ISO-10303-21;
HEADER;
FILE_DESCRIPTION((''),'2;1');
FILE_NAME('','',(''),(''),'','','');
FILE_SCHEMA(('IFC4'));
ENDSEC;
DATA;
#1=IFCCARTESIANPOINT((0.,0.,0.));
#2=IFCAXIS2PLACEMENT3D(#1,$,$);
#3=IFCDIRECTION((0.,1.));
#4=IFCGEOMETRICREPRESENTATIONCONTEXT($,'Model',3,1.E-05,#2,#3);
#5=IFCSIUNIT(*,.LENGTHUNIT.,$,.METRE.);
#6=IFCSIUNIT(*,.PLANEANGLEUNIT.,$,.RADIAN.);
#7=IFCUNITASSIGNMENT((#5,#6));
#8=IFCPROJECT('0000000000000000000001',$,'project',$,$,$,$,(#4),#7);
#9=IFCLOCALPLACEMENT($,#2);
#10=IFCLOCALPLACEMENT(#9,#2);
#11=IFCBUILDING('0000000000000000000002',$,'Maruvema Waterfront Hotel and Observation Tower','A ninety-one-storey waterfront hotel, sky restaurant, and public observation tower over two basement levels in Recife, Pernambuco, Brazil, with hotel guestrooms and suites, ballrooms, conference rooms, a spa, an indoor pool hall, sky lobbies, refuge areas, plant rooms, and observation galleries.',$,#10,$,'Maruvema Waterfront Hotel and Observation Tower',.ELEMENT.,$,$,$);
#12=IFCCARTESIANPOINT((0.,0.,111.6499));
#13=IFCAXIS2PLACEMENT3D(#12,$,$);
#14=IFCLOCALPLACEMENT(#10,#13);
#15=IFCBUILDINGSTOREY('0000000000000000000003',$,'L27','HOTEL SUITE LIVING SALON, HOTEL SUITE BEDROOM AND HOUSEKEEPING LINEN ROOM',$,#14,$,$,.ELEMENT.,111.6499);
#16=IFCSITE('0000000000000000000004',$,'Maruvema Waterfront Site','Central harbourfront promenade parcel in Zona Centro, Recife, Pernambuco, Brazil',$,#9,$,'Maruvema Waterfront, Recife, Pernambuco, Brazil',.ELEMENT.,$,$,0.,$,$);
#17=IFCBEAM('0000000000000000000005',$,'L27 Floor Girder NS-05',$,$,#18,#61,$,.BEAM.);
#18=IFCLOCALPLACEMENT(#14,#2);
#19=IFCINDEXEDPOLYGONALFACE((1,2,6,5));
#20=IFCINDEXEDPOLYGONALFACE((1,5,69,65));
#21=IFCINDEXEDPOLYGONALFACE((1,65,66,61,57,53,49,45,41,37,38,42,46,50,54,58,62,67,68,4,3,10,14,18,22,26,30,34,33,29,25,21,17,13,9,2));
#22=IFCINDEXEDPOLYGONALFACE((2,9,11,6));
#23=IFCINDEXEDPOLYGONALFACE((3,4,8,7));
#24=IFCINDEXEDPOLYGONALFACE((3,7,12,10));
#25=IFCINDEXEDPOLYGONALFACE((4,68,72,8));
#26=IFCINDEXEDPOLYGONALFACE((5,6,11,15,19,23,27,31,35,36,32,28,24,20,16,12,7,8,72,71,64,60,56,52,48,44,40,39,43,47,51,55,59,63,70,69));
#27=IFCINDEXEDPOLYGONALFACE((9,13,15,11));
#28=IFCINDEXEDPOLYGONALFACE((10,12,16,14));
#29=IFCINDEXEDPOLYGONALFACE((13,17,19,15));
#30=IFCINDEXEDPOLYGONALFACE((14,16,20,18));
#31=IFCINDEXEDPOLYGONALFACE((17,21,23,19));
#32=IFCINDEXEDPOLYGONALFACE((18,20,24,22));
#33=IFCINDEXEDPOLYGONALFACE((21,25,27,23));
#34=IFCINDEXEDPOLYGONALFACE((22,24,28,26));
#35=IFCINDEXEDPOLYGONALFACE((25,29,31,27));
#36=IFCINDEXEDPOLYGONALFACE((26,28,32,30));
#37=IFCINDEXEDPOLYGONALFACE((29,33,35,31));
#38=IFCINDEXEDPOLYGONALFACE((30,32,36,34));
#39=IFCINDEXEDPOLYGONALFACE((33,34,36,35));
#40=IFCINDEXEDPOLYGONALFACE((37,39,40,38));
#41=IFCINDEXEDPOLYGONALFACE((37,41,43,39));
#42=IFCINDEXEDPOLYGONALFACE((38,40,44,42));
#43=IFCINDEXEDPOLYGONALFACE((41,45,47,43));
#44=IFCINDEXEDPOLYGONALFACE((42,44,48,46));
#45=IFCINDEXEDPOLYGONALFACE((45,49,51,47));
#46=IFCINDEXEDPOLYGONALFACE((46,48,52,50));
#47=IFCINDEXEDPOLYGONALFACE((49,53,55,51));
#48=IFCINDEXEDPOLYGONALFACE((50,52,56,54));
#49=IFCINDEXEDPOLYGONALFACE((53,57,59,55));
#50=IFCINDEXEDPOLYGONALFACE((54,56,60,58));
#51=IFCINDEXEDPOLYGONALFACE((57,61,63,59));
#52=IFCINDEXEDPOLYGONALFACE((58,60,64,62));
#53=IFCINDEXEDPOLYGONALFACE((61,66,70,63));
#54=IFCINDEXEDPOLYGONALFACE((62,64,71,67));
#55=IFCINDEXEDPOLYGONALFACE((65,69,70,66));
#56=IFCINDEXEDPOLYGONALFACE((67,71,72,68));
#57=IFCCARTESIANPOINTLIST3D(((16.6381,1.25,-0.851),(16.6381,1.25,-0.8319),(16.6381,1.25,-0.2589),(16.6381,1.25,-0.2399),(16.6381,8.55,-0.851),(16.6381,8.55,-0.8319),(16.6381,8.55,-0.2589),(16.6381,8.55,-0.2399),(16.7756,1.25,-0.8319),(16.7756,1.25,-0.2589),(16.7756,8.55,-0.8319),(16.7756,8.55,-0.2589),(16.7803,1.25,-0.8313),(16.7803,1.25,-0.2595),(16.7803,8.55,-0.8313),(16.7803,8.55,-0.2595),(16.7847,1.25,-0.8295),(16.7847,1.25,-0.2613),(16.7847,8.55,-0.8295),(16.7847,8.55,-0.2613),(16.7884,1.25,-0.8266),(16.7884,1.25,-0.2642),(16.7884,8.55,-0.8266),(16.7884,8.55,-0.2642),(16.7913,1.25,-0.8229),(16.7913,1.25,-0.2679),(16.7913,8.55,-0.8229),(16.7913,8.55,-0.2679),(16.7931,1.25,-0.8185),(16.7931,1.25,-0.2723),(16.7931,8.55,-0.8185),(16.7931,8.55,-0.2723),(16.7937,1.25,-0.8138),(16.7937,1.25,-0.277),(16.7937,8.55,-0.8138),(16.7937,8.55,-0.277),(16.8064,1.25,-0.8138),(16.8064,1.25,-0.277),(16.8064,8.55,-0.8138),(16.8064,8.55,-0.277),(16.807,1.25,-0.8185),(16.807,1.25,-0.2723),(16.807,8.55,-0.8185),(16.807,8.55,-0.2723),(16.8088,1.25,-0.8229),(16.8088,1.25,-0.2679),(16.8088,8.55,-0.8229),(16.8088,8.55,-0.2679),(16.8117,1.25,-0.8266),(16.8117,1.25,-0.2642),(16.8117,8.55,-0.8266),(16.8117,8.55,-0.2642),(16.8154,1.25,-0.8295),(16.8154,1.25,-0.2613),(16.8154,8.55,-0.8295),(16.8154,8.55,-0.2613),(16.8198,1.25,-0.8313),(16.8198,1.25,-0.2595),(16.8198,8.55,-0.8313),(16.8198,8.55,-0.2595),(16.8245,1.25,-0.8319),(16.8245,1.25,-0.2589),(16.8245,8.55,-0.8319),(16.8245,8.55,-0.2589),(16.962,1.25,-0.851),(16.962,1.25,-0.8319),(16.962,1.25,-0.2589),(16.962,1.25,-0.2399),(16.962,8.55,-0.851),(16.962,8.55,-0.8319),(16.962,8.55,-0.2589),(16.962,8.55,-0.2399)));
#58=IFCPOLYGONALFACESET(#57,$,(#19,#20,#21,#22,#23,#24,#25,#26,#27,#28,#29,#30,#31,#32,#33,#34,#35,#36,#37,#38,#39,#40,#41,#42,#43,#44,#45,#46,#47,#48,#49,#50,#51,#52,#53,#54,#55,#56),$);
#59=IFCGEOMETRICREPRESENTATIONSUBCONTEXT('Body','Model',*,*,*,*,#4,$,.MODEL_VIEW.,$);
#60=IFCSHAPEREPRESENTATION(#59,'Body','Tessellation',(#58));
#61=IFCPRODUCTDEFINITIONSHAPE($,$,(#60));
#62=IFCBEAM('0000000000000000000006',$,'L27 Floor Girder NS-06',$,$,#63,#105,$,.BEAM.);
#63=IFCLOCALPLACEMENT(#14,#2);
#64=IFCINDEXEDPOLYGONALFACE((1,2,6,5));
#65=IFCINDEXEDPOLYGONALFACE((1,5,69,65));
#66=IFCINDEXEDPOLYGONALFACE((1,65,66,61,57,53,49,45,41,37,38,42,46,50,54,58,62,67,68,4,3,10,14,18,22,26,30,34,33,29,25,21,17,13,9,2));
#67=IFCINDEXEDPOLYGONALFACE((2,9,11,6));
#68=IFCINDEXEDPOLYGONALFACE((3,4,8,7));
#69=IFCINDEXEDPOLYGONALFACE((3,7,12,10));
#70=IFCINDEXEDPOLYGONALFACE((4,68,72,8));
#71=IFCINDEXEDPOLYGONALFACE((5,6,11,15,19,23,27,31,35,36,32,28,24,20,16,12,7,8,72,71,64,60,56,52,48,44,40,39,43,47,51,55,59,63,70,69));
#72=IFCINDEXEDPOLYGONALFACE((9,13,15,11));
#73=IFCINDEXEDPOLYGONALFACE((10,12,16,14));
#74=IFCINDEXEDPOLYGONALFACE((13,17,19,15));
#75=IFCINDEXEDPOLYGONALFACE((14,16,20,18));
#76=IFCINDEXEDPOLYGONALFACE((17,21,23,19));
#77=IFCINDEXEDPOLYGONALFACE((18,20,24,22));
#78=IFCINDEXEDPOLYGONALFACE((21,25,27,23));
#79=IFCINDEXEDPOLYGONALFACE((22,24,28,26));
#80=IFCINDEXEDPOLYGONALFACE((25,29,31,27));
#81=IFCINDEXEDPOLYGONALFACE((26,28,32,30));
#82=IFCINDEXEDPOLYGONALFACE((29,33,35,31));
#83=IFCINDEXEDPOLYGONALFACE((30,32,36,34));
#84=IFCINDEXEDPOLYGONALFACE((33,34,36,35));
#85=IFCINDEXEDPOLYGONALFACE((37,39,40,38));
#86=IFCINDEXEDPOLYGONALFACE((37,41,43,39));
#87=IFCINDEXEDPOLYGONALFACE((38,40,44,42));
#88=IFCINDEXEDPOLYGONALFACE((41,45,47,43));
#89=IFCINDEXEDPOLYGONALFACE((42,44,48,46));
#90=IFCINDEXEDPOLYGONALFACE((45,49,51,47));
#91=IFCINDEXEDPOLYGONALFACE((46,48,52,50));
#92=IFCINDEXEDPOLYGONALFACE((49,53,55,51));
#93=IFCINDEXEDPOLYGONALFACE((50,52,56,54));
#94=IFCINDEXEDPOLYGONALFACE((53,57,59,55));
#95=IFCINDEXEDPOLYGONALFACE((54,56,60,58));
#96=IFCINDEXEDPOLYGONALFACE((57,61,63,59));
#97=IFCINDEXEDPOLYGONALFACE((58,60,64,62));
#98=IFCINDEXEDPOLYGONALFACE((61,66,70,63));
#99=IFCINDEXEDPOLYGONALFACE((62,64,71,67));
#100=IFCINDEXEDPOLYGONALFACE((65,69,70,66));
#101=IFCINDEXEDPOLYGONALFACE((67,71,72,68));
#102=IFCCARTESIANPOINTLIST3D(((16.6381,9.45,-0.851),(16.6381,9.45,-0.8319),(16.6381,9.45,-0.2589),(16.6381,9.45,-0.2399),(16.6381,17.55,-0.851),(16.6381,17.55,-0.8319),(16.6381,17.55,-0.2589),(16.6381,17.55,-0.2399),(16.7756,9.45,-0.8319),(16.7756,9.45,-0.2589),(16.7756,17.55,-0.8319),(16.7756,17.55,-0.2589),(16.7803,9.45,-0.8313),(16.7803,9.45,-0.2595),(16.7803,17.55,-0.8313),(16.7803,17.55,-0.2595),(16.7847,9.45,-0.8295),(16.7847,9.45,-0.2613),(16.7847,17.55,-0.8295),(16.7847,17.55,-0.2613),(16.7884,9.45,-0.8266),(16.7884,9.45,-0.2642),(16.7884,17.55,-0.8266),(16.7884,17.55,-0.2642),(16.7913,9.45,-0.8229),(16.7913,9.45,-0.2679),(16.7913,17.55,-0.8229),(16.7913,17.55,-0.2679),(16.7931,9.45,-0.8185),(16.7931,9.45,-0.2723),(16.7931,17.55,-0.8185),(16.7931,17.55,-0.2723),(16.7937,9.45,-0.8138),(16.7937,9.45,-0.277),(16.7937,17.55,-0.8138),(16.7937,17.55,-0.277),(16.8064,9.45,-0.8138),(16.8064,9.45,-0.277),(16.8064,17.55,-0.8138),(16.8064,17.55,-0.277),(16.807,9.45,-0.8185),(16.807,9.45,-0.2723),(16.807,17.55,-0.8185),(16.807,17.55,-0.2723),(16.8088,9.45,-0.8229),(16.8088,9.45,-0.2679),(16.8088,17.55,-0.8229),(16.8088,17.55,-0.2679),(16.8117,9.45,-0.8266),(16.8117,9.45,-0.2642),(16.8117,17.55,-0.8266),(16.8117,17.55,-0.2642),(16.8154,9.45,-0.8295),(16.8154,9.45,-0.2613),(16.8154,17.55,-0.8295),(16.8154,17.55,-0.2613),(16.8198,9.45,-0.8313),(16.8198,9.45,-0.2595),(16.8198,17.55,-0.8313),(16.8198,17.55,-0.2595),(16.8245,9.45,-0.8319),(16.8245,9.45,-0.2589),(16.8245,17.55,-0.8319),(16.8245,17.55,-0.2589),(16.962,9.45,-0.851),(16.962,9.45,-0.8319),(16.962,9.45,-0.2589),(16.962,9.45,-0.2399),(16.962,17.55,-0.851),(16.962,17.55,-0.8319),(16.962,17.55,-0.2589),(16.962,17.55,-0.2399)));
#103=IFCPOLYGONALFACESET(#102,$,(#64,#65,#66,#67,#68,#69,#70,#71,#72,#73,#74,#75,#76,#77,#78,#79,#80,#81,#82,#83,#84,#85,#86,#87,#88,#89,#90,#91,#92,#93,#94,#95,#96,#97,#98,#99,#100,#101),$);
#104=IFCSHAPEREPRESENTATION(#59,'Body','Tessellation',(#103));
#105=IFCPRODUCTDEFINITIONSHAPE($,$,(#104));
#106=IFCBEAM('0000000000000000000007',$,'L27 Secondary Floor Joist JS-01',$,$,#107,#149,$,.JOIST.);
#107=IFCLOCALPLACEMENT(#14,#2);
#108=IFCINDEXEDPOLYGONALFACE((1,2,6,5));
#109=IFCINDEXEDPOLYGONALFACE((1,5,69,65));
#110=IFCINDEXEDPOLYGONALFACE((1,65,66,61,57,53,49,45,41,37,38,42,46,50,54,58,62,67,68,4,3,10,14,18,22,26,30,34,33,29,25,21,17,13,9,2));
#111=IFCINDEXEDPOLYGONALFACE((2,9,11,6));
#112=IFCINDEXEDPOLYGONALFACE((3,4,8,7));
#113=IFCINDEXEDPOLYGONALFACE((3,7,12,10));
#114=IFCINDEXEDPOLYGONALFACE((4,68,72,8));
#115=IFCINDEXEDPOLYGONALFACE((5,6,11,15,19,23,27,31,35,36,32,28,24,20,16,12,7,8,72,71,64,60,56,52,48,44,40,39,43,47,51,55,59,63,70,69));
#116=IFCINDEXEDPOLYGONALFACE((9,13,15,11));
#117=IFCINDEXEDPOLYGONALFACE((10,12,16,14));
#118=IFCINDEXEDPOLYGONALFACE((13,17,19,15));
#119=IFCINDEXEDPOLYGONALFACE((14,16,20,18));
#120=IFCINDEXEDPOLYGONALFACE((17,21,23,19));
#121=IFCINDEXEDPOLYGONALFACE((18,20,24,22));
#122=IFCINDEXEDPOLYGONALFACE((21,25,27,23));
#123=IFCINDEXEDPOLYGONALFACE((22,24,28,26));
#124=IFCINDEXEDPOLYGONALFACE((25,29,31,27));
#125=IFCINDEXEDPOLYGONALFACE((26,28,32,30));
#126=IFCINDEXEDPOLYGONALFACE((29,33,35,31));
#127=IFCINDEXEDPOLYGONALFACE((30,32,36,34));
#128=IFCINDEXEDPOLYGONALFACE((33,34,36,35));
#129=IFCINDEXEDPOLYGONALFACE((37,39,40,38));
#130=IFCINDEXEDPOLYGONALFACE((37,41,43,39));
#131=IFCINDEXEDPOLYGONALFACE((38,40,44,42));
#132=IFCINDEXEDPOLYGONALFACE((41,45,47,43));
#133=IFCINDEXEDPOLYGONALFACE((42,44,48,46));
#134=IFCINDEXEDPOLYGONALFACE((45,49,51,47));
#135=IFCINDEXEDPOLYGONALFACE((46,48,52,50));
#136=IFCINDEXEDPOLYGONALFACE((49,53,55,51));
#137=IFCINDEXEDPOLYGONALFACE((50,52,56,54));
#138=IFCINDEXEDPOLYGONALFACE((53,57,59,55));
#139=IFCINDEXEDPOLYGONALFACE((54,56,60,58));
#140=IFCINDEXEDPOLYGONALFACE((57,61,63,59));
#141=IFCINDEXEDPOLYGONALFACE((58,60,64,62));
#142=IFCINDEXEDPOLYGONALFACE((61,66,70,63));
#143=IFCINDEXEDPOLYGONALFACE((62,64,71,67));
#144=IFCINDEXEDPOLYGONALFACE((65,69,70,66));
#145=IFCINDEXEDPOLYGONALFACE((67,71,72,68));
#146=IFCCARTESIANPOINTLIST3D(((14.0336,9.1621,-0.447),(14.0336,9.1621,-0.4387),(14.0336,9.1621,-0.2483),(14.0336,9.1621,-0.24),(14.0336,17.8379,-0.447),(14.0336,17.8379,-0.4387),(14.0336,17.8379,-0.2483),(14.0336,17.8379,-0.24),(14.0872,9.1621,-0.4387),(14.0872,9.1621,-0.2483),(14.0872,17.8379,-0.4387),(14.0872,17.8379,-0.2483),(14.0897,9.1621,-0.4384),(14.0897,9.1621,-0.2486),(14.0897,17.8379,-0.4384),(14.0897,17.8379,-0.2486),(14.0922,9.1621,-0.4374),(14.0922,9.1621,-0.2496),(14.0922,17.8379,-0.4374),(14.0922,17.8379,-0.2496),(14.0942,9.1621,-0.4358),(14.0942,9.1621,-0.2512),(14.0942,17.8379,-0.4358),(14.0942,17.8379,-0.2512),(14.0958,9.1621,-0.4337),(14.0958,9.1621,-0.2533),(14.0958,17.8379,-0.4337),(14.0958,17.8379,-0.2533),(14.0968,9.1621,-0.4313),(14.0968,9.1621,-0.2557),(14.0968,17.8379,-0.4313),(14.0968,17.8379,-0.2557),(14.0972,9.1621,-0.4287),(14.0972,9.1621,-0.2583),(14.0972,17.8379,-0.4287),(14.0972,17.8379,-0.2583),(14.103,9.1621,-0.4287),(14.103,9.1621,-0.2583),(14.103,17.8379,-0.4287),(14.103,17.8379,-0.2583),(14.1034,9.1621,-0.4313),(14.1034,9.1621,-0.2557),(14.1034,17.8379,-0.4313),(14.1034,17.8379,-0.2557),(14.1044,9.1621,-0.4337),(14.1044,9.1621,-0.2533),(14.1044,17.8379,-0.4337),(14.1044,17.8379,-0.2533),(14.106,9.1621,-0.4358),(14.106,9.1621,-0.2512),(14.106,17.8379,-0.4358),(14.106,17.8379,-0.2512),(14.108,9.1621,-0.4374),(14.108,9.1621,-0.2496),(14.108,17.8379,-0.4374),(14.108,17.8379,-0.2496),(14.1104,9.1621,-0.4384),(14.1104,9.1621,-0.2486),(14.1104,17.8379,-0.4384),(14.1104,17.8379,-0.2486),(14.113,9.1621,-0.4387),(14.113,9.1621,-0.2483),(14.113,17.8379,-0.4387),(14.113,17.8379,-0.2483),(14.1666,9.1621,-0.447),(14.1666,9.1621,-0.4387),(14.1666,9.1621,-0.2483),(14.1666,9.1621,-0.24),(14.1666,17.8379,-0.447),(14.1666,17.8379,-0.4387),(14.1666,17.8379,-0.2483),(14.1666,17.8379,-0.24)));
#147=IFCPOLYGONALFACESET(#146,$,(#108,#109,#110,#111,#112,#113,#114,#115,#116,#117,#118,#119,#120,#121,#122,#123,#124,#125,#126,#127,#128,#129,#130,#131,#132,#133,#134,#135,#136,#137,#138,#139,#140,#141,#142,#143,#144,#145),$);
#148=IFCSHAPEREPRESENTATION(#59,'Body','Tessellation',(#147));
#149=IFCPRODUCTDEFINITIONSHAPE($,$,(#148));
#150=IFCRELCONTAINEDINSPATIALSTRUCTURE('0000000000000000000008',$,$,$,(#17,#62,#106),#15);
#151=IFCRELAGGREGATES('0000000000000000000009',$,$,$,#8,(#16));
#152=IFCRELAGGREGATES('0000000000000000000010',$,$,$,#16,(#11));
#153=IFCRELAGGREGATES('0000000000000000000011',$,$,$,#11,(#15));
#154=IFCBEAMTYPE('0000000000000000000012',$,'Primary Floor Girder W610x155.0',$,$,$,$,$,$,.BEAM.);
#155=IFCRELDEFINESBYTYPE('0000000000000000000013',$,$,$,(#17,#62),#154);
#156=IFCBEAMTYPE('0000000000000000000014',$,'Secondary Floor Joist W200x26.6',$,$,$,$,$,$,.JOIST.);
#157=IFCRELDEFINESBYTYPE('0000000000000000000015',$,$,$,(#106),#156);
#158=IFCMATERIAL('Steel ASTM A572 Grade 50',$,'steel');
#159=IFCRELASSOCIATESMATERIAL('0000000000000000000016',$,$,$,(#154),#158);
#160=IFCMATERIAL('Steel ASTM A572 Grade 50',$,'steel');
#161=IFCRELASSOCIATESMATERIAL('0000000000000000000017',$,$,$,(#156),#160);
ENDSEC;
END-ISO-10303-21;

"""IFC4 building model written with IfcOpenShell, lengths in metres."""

from ifc_helpers import new_model, si_unit, direction, frame, origin, origin_2d, place, context, subcontext, project, spatial, i_section, extrude, material, material_profile, profile_set, type_object, element, save


model = new_model("IFC4")

# Units and contexts
model_context = context("Model", 3, precision=1e-05, world=origin(), true_north=direction((0.0, 1.0)))
body_context = subcontext(model_context, "Body", "Model", "MODEL_VIEW")
ifc_project = project(units=[si_unit("LENGTHUNIT", "METRE"), si_unit("PLANEANGLEUNIT", "RADIAN")], contexts=[model_context])

# Site, building, storey
site_placement = place(None, origin())
site = spatial("IfcSite", under=ifc_project, at=site_placement, Name="Maruvema Waterfront Site", Description="Central harbourfront promenade parcel in Zona Centro, Recife, Pernambuco, Brazil", LongName="Maruvema Waterfront, Recife, Pernambuco, Brazil", CompositionType="ELEMENT", RefElevation=0.0)
building_placement = place(site_placement, origin())
building = spatial("IfcBuilding", under=site, at=building_placement, Name="Maruvema Waterfront Hotel and Observation Tower", Description="A ninety-one-storey waterfront hotel, sky restaurant, and public observation tower over two basement levels in Recife, Pernambuco, Brazil, with hotel guestrooms and suites, ballrooms, conference rooms, a spa, an indoor pool hall, sky lobbies, refuge areas, plant rooms, and observation galleries.", LongName="Maruvema Waterfront Hotel and Observation Tower", CompositionType="ELEMENT")
storey_placement = place(building_placement, frame((0.0, 0.0, 111.6499)))
storey = spatial("IfcBuildingStorey", under=building, at=storey_placement, Name="L27", Description="HOTEL SUITE LIVING SALON, HOTEL SUITE BEDROOM AND HOUSEKEEPING LINEN ROOM", CompositionType="ELEMENT", Elevation=111.6499)

# Beams
ifc_material_1 = material(Name="Steel ASTM A572 Grade 50", Category="steel")
ifc_material_profile_1 = material_profile(ifc_material_1, i_section(OverallWidth=0.324, OverallDepth=0.6111, WebThickness=0.0127, FlangeThickness=0.019, FilletRadius=0.0181, at=origin_2d()), Name="W610x155.0")
ifc_profile_set_1 = profile_set([ifc_material_profile_1], Name="Steel ASTM A572 Grade 50")
beam_type_1 = type_object("IfcBeamType", Name="Primary Floor Girder W610x155.0", PredefinedType="BEAM", material=ifc_profile_set_1)
beam_1_placement = place(storey_placement, frame((16.8, 1.25, -0.5454), z_axis=(0.0, 1.0, 0.0), x_axis=(-1.0, 0.0, 0.0)))
element("IfcBeam", 1, at=beam_1_placement, inside=storey, type_object=beam_type_1, Name="L27 Floor Girder NS-05", PredefinedType="BEAM", context=body_context, shape_type="SweptSolid", body=[
    extrude(i_section(OverallWidth=0.324, OverallDepth=0.6111, WebThickness=0.0127, FlangeThickness=0.019, FilletRadius=0.0181, at=origin_2d()), origin(), (0.0, 0.0, 1.0), 7.3),
])
beam_2_placement = place(storey_placement, frame((16.8, 9.45, -0.5454), z_axis=(0.0, 1.0, 0.0), x_axis=(-1.0, 0.0, 0.0)))
element("IfcBeam", 2, at=beam_2_placement, inside=storey, type_object=beam_type_1, Name="L27 Floor Girder NS-06", PredefinedType="BEAM", context=body_context, shape_type="SweptSolid", body=[
    extrude(i_section(OverallWidth=0.324, OverallDepth=0.6111, WebThickness=0.0127, FlangeThickness=0.019, FilletRadius=0.0181, at=origin_2d()), origin(), (0.0, 0.0, 1.0), 8.1001),
])
ifc_material_2 = material(Name="Steel ASTM A572 Grade 50", Category="steel")
ifc_material_profile_2 = material_profile(ifc_material_2, i_section(OverallWidth=0.1331, OverallDepth=0.207, WebThickness=0.0059, FlangeThickness=0.0083, FilletRadius=0.01, at=origin_2d()), Name="W200x26.6")
ifc_profile_set_2 = profile_set([ifc_material_profile_2], Name="Steel ASTM A572 Grade 50")
beam_type_2 = type_object("IfcBeamType", Name="Secondary Floor Joist W200x26.6", PredefinedType="JOIST", material=ifc_profile_set_2)
beam_3_placement = place(storey_placement, frame((14.1001, 9.1621, -0.3435), z_axis=(0.0, 1.0, 0.0), x_axis=(-1.0, 0.0, 0.0)))
element("IfcBeam", 3, at=beam_3_placement, inside=storey, type_object=beam_type_2, Name="L27 Secondary Floor Joist JS-01", PredefinedType="JOIST", context=body_context, shape_type="SweptSolid", body=[
    extrude(i_section(OverallWidth=0.1331, OverallDepth=0.207, WebThickness=0.0059, FlangeThickness=0.0083, FilletRadius=0.01, at=origin_2d()), origin(), (0.0, 0.0, 1.0), 8.6758),
])

save(model, "model.ifc")
